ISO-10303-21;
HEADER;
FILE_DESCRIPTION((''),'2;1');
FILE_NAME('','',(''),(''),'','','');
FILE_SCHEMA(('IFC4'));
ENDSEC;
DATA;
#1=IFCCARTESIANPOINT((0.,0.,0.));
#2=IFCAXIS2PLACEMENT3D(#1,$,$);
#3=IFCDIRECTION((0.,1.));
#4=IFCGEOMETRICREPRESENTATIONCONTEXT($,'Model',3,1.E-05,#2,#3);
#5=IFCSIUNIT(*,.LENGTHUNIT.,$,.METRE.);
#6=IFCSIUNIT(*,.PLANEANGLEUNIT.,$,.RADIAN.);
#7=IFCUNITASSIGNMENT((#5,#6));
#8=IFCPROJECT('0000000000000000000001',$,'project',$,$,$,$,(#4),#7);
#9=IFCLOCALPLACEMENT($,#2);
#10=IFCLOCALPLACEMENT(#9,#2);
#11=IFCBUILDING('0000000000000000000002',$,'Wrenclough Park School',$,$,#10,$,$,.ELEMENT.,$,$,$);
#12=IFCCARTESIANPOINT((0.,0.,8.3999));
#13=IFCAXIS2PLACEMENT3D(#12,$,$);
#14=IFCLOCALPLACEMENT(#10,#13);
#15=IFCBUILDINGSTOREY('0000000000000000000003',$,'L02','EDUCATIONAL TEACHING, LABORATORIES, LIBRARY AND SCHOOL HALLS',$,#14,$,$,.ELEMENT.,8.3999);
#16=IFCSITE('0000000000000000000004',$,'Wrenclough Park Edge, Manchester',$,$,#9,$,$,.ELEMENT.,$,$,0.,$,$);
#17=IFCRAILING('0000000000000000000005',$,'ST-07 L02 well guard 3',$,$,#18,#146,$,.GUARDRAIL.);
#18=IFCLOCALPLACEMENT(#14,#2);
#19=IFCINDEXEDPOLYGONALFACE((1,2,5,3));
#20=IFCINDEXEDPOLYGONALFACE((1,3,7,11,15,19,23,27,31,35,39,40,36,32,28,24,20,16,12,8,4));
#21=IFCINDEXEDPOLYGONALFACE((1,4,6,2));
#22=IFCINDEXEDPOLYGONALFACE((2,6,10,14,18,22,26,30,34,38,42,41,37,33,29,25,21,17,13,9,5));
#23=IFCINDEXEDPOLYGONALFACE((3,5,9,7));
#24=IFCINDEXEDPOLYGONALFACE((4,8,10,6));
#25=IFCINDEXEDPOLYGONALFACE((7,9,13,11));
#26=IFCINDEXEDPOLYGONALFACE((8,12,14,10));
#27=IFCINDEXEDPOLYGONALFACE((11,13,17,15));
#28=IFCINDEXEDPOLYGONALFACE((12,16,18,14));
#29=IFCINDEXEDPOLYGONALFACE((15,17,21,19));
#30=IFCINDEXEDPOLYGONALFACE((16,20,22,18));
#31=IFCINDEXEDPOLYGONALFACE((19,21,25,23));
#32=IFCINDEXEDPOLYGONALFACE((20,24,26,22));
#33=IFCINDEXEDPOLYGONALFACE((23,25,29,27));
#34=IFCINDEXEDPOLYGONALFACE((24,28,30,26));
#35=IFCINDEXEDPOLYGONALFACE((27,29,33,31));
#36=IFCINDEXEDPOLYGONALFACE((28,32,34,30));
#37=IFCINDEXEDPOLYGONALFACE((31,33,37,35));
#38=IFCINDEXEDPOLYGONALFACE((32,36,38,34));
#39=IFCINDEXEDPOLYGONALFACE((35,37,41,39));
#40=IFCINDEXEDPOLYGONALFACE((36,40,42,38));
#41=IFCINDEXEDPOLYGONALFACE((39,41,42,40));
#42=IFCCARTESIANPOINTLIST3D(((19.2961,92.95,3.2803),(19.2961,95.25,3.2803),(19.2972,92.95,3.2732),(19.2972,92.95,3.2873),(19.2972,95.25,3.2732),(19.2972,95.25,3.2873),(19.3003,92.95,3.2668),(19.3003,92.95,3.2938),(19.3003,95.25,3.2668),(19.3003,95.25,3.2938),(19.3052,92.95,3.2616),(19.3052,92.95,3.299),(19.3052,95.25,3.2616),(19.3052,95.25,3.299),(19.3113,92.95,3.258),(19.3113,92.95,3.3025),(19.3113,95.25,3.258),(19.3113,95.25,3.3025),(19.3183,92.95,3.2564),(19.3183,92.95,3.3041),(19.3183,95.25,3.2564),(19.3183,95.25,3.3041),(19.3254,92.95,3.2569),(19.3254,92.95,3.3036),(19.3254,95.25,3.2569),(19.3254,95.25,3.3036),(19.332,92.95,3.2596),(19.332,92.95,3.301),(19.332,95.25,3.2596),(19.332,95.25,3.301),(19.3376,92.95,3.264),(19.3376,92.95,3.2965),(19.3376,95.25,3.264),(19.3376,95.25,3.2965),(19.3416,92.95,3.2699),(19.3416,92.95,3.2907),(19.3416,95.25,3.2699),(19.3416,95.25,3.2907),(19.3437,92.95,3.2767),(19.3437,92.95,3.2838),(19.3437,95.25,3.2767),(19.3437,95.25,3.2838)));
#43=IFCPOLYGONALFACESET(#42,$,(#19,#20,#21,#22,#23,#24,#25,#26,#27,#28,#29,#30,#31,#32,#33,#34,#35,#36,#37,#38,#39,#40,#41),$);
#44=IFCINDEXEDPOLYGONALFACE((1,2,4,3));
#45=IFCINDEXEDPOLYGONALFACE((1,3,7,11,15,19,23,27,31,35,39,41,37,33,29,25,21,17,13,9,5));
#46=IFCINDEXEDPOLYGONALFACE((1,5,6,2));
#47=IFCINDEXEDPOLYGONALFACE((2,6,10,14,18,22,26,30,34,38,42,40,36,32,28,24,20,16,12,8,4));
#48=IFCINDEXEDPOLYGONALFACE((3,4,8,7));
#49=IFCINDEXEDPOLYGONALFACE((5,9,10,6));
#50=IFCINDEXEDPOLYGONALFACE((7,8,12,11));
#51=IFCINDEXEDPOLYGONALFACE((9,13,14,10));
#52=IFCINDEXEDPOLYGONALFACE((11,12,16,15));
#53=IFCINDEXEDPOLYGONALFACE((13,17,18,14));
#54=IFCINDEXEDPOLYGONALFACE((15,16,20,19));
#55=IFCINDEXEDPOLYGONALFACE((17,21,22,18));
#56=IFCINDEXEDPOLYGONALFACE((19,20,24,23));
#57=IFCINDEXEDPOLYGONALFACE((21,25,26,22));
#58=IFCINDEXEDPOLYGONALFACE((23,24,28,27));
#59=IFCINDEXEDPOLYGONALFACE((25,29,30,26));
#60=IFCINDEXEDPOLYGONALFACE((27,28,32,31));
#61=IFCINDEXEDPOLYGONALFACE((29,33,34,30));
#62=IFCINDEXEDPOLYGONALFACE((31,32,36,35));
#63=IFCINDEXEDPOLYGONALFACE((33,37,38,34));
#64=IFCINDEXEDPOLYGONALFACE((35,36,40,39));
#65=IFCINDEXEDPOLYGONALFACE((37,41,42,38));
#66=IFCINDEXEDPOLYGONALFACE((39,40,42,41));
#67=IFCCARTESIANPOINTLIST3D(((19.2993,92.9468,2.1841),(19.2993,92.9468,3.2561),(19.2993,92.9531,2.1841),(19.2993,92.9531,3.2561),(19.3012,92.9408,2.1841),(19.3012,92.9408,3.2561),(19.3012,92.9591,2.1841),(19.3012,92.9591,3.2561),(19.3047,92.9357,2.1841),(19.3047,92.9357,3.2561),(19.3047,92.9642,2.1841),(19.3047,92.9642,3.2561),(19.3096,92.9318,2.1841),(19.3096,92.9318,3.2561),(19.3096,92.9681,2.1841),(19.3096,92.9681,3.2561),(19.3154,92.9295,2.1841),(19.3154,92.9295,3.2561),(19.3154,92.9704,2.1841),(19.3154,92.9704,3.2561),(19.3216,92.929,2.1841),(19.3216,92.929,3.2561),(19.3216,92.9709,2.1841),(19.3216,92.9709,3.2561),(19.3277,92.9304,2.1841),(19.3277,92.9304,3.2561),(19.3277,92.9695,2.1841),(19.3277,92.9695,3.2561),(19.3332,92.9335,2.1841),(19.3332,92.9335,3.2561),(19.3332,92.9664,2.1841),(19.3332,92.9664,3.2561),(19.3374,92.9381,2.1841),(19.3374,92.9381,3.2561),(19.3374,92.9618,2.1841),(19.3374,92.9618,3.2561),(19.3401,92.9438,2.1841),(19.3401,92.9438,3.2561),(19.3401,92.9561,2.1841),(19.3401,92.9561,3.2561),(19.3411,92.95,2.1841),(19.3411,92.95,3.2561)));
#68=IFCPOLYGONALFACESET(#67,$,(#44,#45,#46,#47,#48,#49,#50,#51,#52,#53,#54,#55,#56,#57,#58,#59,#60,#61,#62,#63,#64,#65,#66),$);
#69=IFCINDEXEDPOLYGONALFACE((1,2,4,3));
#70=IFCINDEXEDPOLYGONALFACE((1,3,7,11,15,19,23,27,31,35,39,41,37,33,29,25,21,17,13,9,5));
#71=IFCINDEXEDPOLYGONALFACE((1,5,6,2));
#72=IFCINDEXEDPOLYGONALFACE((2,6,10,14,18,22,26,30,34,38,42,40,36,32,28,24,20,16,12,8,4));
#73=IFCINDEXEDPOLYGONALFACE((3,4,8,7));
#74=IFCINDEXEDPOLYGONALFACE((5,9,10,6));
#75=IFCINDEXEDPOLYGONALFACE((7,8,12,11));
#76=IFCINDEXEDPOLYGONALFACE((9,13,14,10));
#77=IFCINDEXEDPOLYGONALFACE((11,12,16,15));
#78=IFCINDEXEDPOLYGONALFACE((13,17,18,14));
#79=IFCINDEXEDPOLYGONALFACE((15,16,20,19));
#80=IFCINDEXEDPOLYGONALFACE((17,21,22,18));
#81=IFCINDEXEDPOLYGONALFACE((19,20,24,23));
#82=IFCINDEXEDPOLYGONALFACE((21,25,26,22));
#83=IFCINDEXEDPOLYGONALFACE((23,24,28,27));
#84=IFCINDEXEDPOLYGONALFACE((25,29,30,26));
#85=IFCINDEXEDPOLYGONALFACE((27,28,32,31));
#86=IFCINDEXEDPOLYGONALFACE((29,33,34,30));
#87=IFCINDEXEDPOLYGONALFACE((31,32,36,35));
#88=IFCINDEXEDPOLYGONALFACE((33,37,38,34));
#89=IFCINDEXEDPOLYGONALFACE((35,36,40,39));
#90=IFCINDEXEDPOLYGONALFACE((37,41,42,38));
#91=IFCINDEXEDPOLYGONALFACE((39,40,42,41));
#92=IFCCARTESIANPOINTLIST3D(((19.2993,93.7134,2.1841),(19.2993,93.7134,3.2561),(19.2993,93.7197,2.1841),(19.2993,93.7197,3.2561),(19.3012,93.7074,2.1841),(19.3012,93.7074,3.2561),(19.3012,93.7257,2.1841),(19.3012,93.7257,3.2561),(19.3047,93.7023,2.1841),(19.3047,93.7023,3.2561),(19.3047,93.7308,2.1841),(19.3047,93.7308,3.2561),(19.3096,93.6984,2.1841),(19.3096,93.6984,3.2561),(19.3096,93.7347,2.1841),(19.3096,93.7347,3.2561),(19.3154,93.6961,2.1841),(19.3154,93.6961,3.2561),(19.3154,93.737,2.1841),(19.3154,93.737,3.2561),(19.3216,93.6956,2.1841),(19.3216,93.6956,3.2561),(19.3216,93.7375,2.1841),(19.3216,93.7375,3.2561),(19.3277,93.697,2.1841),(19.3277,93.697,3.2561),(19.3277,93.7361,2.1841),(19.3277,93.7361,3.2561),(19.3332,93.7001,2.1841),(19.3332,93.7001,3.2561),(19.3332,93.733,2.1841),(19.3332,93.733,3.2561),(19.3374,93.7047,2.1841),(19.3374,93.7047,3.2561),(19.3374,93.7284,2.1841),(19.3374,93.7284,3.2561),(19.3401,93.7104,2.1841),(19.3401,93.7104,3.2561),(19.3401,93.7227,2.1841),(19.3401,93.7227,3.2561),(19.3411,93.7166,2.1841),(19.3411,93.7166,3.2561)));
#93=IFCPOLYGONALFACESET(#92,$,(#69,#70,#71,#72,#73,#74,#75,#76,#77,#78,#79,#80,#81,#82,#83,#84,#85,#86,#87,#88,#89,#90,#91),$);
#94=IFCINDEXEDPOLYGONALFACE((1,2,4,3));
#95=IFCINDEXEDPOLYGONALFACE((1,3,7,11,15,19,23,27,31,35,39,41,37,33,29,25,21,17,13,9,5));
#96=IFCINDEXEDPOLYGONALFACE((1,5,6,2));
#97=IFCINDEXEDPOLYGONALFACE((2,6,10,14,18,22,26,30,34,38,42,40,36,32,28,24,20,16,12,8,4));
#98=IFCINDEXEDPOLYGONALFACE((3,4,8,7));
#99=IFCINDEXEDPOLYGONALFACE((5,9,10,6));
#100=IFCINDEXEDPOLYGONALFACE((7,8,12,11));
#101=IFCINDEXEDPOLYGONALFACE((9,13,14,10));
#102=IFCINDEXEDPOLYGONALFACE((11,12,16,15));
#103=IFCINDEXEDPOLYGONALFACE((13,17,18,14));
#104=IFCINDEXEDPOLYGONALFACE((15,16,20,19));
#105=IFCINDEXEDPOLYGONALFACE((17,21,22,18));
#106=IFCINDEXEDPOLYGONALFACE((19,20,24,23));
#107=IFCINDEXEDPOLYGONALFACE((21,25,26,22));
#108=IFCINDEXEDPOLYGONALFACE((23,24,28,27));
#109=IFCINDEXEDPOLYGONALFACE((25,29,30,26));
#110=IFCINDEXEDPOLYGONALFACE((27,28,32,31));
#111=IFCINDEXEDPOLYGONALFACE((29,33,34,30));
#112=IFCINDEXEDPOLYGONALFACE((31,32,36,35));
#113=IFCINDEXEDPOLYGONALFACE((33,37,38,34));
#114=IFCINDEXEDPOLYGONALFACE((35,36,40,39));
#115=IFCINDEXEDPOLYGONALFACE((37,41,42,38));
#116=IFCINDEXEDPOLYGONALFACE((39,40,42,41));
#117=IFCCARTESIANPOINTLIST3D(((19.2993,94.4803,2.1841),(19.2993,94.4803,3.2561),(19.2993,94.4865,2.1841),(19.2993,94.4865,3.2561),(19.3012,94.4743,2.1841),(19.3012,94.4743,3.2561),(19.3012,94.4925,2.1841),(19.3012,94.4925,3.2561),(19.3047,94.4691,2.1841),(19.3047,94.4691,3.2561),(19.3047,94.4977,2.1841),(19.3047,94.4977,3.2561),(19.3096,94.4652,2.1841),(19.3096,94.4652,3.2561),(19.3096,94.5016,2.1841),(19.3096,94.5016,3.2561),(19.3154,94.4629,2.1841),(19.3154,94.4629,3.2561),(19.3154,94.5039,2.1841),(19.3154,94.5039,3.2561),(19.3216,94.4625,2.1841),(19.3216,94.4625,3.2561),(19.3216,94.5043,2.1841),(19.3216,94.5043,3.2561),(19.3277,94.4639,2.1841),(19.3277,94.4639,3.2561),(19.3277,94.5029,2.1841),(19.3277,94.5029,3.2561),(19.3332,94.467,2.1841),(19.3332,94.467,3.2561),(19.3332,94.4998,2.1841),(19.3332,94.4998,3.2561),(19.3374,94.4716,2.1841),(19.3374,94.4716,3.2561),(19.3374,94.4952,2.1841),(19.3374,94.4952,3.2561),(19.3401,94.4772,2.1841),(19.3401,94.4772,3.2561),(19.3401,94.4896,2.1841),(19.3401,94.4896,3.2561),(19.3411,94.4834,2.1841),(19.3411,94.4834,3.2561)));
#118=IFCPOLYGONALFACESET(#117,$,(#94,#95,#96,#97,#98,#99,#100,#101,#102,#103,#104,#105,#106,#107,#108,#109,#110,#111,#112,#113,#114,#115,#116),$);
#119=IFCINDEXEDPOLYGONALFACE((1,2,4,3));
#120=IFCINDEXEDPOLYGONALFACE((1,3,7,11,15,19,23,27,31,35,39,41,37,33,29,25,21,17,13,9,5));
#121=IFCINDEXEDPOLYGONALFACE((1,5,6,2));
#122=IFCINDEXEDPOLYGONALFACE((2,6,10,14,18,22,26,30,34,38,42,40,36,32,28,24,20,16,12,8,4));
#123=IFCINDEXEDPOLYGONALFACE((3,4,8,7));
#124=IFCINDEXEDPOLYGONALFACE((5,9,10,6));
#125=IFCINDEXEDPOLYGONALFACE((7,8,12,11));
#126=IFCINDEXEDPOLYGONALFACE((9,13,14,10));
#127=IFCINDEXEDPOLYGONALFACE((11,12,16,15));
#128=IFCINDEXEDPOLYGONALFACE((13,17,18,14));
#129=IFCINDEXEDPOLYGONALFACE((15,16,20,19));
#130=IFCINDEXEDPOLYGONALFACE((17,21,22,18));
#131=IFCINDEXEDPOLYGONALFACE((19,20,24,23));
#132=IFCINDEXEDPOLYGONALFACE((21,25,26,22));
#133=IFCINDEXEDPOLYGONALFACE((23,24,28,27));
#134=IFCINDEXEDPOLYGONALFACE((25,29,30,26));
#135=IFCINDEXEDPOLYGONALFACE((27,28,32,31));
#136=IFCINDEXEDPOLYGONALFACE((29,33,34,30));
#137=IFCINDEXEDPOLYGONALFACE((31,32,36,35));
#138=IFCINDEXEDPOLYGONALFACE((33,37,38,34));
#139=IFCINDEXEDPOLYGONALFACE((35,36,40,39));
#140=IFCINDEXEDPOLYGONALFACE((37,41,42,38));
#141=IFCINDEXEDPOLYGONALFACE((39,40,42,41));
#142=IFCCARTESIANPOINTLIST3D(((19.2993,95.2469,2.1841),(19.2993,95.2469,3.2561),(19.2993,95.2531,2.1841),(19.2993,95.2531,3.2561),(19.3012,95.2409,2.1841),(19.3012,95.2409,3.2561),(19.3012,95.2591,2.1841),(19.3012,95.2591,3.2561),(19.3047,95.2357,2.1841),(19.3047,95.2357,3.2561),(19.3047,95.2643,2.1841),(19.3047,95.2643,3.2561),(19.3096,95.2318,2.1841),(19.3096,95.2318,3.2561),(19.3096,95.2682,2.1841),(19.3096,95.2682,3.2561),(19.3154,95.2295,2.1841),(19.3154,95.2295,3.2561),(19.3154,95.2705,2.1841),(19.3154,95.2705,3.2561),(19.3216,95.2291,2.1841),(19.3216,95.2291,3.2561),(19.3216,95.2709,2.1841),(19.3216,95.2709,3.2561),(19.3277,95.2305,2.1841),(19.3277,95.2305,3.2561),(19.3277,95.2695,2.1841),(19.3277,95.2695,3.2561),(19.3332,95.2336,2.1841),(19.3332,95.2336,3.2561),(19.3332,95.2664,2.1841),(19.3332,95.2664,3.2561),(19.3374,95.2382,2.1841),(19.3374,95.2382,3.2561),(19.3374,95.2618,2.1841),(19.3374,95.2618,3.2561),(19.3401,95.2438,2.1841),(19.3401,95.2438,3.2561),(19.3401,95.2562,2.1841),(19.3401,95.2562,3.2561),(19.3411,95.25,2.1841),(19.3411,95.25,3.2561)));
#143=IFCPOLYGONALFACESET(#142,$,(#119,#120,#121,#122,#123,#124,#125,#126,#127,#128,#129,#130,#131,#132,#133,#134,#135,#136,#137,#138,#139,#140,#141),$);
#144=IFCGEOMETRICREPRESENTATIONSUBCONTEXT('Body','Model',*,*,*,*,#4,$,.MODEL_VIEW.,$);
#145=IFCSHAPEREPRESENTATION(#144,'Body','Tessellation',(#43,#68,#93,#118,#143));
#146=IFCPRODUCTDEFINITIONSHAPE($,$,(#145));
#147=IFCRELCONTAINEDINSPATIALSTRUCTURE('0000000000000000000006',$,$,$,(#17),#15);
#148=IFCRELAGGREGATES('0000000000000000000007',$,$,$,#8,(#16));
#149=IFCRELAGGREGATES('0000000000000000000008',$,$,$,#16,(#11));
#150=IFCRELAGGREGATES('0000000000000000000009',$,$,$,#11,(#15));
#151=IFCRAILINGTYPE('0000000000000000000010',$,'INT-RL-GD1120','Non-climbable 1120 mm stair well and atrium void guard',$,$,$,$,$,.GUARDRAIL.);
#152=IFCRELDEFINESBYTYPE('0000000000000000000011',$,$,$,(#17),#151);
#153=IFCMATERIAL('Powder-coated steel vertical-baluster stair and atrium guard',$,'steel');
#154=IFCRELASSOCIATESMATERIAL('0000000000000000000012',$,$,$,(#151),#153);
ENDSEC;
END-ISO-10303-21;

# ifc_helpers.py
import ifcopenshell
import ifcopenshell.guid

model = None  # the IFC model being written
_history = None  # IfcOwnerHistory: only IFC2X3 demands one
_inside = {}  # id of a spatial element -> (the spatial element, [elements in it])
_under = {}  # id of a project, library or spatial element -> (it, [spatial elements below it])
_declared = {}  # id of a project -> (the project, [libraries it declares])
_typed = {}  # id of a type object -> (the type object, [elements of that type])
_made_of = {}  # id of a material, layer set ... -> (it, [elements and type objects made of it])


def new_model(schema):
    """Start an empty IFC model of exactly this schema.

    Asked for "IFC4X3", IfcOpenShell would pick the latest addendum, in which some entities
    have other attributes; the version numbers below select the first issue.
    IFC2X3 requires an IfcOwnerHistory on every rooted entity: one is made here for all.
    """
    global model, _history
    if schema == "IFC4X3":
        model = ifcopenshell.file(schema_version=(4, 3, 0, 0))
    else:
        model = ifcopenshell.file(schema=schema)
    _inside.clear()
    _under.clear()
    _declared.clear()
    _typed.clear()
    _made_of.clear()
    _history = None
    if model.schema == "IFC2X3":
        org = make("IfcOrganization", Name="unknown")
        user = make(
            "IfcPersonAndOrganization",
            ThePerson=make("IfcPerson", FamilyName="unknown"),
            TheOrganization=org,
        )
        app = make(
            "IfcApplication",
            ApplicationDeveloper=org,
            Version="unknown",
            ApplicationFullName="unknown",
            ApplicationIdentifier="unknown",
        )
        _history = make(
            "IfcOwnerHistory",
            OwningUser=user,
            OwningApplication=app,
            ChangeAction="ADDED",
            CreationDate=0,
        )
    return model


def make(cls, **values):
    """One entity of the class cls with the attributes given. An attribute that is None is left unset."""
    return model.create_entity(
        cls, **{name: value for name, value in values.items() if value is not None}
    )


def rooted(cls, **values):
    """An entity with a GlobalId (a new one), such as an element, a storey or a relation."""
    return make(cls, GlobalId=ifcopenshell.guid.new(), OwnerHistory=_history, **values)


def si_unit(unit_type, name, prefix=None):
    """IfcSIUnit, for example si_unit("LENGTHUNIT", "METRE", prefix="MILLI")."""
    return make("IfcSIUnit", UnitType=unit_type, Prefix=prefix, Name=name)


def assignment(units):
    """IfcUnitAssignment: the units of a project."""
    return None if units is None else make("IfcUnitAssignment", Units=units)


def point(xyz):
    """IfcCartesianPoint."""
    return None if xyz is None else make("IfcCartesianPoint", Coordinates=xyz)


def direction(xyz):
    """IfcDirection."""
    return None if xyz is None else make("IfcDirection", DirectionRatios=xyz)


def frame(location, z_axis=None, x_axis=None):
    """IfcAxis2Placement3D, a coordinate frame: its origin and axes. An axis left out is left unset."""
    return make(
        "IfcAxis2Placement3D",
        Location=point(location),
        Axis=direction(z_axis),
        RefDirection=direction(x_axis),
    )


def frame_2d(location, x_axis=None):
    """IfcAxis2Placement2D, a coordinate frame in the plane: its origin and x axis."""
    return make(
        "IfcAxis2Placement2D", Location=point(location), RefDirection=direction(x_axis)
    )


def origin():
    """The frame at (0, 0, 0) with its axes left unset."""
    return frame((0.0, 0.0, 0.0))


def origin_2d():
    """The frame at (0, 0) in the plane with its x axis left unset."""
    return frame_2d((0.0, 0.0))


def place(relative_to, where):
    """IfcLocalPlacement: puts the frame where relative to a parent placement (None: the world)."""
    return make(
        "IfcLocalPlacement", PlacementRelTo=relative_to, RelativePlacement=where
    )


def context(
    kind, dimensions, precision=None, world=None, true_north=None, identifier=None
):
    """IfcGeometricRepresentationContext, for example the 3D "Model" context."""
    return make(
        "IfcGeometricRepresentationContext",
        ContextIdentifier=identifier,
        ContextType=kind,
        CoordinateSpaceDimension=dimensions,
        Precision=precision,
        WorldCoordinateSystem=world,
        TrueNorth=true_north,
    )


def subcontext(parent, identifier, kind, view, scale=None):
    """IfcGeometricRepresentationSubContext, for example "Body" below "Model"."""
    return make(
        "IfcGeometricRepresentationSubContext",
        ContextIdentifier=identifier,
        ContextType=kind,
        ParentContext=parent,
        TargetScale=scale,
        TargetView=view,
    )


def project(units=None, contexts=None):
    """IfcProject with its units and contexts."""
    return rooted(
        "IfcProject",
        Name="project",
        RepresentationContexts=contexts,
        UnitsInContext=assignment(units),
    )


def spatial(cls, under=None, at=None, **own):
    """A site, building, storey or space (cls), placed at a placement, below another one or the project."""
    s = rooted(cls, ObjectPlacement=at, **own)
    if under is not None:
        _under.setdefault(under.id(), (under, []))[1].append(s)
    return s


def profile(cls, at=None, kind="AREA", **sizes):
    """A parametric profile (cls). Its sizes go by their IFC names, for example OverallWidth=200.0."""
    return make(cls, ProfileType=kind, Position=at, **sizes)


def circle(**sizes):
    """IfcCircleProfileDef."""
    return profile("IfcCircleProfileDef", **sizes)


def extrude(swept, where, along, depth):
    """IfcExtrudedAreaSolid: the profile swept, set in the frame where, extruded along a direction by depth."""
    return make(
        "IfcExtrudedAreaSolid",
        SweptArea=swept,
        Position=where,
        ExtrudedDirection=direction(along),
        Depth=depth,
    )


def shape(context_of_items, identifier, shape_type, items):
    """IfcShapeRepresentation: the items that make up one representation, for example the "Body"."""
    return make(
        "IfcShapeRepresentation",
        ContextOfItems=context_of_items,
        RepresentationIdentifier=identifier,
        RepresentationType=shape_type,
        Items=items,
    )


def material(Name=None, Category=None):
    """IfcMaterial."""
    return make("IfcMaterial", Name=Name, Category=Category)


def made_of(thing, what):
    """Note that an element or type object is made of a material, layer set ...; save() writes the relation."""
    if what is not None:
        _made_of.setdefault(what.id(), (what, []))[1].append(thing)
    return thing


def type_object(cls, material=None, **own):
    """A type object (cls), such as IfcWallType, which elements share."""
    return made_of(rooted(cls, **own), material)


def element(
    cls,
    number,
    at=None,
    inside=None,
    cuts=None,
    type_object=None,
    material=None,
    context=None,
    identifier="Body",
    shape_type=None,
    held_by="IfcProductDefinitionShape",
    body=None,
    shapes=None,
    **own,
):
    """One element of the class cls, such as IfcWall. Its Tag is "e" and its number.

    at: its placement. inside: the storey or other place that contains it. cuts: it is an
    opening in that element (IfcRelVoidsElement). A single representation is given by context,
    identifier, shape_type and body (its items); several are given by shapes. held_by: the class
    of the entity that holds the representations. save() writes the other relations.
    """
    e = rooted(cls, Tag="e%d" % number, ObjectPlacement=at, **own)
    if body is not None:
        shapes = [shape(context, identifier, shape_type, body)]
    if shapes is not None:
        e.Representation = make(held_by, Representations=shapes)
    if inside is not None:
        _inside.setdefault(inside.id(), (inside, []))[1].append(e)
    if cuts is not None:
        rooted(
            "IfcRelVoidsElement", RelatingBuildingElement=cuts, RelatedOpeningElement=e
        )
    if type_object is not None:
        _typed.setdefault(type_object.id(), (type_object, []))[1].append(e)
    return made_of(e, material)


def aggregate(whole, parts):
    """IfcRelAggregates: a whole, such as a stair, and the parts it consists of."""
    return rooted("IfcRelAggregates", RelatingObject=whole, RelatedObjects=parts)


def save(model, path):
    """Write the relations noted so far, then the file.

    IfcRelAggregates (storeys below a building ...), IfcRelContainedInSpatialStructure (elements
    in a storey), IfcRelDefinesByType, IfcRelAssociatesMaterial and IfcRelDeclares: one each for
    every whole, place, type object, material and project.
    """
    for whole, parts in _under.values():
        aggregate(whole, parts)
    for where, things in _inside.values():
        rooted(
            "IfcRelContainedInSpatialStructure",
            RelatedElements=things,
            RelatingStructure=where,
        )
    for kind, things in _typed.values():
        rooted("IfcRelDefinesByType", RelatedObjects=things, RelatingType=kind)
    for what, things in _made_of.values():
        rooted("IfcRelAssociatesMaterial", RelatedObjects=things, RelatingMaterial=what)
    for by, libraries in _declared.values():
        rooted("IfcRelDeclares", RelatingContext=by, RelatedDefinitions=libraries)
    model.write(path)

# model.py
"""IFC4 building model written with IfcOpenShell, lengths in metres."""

from ifc_helpers import new_model, si_unit, direction, frame, origin, origin_2d, place, context, subcontext, project, spatial, circle, extrude, material, type_object, element, save


model = new_model("IFC4")

# Units and contexts
model_context = context("Model", 3, precision=1e-05, world=origin(), true_north=direction((0.0, 1.0)))
body_context = subcontext(model_context, "Body", "Model", "MODEL_VIEW")
ifc_project = project(units=[si_unit("LENGTHUNIT", "METRE"), si_unit("PLANEANGLEUNIT", "RADIAN")], contexts=[model_context])

# Site, building, storey
site_placement = place(None, origin())
site = spatial("IfcSite", under=ifc_project, at=site_placement, Name="Wrenclough Park Edge, Manchester", CompositionType="ELEMENT", RefElevation=0.0)
building_placement = place(site_placement, origin())
building = spatial("IfcBuilding", under=site, at=building_placement, Name="Wrenclough Park School", CompositionType="ELEMENT")
storey_placement = place(building_placement, frame((0.0, 0.0, 8.3999)))
storey = spatial("IfcBuildingStorey", under=building, at=storey_placement, Name="L02", Description="EDUCATIONAL TEACHING, LABORATORIES, LIBRARY AND SCHOOL HALLS", CompositionType="ELEMENT", Elevation=8.3999)

# Railing
ifc_material_1 = material(Name="Powder-coated steel vertical-baluster stair and atrium guard", Category="steel")
railing_type_1 = type_object("IfcRailingType", Name="INT-RL-GD1120", Description="Non-climbable 1120 mm stair well and atrium void guard", PredefinedType="GUARDRAIL", material=ifc_material_1)
railing_1_placement = place(storey_placement, frame((19.3201, 92.95, 2.1841)))
element("IfcRailing", 1, at=railing_1_placement, inside=storey, type_object=railing_type_1, Name="ST-07 L02 well guard 3", PredefinedType="GUARDRAIL", context=body_context, shape_type="SweptSolid", body=[
    extrude(circle(Radius=0.0239, at=origin_2d()), frame((0.0, 0.0, 1.0962), z_axis=(0.0, 1.0, 0.0), x_axis=(-1.0, 0.0, 0.0)), (0.0, 0.0, 1.0), 2.3),
    extrude(circle(Radius=0.021, at=origin_2d()), origin(), (0.0, 0.0, 1.0), 1.072),
    extrude(circle(Radius=0.021, at=origin_2d()), frame((0.0, 0.7666, 0.0)), (0.0, 0.0, 1.0), 1.072),
    extrude(circle(Radius=0.021, at=origin_2d()), frame((0.0, 1.5334, 0.0)), (0.0, 0.0, 1.0), 1.072),
    extrude(circle(Radius=0.021, at=origin_2d()), frame((0.0, 2.3, 0.0)), (0.0, 0.0, 1.0), 1.072),
])

save(model, "model.ifc")
